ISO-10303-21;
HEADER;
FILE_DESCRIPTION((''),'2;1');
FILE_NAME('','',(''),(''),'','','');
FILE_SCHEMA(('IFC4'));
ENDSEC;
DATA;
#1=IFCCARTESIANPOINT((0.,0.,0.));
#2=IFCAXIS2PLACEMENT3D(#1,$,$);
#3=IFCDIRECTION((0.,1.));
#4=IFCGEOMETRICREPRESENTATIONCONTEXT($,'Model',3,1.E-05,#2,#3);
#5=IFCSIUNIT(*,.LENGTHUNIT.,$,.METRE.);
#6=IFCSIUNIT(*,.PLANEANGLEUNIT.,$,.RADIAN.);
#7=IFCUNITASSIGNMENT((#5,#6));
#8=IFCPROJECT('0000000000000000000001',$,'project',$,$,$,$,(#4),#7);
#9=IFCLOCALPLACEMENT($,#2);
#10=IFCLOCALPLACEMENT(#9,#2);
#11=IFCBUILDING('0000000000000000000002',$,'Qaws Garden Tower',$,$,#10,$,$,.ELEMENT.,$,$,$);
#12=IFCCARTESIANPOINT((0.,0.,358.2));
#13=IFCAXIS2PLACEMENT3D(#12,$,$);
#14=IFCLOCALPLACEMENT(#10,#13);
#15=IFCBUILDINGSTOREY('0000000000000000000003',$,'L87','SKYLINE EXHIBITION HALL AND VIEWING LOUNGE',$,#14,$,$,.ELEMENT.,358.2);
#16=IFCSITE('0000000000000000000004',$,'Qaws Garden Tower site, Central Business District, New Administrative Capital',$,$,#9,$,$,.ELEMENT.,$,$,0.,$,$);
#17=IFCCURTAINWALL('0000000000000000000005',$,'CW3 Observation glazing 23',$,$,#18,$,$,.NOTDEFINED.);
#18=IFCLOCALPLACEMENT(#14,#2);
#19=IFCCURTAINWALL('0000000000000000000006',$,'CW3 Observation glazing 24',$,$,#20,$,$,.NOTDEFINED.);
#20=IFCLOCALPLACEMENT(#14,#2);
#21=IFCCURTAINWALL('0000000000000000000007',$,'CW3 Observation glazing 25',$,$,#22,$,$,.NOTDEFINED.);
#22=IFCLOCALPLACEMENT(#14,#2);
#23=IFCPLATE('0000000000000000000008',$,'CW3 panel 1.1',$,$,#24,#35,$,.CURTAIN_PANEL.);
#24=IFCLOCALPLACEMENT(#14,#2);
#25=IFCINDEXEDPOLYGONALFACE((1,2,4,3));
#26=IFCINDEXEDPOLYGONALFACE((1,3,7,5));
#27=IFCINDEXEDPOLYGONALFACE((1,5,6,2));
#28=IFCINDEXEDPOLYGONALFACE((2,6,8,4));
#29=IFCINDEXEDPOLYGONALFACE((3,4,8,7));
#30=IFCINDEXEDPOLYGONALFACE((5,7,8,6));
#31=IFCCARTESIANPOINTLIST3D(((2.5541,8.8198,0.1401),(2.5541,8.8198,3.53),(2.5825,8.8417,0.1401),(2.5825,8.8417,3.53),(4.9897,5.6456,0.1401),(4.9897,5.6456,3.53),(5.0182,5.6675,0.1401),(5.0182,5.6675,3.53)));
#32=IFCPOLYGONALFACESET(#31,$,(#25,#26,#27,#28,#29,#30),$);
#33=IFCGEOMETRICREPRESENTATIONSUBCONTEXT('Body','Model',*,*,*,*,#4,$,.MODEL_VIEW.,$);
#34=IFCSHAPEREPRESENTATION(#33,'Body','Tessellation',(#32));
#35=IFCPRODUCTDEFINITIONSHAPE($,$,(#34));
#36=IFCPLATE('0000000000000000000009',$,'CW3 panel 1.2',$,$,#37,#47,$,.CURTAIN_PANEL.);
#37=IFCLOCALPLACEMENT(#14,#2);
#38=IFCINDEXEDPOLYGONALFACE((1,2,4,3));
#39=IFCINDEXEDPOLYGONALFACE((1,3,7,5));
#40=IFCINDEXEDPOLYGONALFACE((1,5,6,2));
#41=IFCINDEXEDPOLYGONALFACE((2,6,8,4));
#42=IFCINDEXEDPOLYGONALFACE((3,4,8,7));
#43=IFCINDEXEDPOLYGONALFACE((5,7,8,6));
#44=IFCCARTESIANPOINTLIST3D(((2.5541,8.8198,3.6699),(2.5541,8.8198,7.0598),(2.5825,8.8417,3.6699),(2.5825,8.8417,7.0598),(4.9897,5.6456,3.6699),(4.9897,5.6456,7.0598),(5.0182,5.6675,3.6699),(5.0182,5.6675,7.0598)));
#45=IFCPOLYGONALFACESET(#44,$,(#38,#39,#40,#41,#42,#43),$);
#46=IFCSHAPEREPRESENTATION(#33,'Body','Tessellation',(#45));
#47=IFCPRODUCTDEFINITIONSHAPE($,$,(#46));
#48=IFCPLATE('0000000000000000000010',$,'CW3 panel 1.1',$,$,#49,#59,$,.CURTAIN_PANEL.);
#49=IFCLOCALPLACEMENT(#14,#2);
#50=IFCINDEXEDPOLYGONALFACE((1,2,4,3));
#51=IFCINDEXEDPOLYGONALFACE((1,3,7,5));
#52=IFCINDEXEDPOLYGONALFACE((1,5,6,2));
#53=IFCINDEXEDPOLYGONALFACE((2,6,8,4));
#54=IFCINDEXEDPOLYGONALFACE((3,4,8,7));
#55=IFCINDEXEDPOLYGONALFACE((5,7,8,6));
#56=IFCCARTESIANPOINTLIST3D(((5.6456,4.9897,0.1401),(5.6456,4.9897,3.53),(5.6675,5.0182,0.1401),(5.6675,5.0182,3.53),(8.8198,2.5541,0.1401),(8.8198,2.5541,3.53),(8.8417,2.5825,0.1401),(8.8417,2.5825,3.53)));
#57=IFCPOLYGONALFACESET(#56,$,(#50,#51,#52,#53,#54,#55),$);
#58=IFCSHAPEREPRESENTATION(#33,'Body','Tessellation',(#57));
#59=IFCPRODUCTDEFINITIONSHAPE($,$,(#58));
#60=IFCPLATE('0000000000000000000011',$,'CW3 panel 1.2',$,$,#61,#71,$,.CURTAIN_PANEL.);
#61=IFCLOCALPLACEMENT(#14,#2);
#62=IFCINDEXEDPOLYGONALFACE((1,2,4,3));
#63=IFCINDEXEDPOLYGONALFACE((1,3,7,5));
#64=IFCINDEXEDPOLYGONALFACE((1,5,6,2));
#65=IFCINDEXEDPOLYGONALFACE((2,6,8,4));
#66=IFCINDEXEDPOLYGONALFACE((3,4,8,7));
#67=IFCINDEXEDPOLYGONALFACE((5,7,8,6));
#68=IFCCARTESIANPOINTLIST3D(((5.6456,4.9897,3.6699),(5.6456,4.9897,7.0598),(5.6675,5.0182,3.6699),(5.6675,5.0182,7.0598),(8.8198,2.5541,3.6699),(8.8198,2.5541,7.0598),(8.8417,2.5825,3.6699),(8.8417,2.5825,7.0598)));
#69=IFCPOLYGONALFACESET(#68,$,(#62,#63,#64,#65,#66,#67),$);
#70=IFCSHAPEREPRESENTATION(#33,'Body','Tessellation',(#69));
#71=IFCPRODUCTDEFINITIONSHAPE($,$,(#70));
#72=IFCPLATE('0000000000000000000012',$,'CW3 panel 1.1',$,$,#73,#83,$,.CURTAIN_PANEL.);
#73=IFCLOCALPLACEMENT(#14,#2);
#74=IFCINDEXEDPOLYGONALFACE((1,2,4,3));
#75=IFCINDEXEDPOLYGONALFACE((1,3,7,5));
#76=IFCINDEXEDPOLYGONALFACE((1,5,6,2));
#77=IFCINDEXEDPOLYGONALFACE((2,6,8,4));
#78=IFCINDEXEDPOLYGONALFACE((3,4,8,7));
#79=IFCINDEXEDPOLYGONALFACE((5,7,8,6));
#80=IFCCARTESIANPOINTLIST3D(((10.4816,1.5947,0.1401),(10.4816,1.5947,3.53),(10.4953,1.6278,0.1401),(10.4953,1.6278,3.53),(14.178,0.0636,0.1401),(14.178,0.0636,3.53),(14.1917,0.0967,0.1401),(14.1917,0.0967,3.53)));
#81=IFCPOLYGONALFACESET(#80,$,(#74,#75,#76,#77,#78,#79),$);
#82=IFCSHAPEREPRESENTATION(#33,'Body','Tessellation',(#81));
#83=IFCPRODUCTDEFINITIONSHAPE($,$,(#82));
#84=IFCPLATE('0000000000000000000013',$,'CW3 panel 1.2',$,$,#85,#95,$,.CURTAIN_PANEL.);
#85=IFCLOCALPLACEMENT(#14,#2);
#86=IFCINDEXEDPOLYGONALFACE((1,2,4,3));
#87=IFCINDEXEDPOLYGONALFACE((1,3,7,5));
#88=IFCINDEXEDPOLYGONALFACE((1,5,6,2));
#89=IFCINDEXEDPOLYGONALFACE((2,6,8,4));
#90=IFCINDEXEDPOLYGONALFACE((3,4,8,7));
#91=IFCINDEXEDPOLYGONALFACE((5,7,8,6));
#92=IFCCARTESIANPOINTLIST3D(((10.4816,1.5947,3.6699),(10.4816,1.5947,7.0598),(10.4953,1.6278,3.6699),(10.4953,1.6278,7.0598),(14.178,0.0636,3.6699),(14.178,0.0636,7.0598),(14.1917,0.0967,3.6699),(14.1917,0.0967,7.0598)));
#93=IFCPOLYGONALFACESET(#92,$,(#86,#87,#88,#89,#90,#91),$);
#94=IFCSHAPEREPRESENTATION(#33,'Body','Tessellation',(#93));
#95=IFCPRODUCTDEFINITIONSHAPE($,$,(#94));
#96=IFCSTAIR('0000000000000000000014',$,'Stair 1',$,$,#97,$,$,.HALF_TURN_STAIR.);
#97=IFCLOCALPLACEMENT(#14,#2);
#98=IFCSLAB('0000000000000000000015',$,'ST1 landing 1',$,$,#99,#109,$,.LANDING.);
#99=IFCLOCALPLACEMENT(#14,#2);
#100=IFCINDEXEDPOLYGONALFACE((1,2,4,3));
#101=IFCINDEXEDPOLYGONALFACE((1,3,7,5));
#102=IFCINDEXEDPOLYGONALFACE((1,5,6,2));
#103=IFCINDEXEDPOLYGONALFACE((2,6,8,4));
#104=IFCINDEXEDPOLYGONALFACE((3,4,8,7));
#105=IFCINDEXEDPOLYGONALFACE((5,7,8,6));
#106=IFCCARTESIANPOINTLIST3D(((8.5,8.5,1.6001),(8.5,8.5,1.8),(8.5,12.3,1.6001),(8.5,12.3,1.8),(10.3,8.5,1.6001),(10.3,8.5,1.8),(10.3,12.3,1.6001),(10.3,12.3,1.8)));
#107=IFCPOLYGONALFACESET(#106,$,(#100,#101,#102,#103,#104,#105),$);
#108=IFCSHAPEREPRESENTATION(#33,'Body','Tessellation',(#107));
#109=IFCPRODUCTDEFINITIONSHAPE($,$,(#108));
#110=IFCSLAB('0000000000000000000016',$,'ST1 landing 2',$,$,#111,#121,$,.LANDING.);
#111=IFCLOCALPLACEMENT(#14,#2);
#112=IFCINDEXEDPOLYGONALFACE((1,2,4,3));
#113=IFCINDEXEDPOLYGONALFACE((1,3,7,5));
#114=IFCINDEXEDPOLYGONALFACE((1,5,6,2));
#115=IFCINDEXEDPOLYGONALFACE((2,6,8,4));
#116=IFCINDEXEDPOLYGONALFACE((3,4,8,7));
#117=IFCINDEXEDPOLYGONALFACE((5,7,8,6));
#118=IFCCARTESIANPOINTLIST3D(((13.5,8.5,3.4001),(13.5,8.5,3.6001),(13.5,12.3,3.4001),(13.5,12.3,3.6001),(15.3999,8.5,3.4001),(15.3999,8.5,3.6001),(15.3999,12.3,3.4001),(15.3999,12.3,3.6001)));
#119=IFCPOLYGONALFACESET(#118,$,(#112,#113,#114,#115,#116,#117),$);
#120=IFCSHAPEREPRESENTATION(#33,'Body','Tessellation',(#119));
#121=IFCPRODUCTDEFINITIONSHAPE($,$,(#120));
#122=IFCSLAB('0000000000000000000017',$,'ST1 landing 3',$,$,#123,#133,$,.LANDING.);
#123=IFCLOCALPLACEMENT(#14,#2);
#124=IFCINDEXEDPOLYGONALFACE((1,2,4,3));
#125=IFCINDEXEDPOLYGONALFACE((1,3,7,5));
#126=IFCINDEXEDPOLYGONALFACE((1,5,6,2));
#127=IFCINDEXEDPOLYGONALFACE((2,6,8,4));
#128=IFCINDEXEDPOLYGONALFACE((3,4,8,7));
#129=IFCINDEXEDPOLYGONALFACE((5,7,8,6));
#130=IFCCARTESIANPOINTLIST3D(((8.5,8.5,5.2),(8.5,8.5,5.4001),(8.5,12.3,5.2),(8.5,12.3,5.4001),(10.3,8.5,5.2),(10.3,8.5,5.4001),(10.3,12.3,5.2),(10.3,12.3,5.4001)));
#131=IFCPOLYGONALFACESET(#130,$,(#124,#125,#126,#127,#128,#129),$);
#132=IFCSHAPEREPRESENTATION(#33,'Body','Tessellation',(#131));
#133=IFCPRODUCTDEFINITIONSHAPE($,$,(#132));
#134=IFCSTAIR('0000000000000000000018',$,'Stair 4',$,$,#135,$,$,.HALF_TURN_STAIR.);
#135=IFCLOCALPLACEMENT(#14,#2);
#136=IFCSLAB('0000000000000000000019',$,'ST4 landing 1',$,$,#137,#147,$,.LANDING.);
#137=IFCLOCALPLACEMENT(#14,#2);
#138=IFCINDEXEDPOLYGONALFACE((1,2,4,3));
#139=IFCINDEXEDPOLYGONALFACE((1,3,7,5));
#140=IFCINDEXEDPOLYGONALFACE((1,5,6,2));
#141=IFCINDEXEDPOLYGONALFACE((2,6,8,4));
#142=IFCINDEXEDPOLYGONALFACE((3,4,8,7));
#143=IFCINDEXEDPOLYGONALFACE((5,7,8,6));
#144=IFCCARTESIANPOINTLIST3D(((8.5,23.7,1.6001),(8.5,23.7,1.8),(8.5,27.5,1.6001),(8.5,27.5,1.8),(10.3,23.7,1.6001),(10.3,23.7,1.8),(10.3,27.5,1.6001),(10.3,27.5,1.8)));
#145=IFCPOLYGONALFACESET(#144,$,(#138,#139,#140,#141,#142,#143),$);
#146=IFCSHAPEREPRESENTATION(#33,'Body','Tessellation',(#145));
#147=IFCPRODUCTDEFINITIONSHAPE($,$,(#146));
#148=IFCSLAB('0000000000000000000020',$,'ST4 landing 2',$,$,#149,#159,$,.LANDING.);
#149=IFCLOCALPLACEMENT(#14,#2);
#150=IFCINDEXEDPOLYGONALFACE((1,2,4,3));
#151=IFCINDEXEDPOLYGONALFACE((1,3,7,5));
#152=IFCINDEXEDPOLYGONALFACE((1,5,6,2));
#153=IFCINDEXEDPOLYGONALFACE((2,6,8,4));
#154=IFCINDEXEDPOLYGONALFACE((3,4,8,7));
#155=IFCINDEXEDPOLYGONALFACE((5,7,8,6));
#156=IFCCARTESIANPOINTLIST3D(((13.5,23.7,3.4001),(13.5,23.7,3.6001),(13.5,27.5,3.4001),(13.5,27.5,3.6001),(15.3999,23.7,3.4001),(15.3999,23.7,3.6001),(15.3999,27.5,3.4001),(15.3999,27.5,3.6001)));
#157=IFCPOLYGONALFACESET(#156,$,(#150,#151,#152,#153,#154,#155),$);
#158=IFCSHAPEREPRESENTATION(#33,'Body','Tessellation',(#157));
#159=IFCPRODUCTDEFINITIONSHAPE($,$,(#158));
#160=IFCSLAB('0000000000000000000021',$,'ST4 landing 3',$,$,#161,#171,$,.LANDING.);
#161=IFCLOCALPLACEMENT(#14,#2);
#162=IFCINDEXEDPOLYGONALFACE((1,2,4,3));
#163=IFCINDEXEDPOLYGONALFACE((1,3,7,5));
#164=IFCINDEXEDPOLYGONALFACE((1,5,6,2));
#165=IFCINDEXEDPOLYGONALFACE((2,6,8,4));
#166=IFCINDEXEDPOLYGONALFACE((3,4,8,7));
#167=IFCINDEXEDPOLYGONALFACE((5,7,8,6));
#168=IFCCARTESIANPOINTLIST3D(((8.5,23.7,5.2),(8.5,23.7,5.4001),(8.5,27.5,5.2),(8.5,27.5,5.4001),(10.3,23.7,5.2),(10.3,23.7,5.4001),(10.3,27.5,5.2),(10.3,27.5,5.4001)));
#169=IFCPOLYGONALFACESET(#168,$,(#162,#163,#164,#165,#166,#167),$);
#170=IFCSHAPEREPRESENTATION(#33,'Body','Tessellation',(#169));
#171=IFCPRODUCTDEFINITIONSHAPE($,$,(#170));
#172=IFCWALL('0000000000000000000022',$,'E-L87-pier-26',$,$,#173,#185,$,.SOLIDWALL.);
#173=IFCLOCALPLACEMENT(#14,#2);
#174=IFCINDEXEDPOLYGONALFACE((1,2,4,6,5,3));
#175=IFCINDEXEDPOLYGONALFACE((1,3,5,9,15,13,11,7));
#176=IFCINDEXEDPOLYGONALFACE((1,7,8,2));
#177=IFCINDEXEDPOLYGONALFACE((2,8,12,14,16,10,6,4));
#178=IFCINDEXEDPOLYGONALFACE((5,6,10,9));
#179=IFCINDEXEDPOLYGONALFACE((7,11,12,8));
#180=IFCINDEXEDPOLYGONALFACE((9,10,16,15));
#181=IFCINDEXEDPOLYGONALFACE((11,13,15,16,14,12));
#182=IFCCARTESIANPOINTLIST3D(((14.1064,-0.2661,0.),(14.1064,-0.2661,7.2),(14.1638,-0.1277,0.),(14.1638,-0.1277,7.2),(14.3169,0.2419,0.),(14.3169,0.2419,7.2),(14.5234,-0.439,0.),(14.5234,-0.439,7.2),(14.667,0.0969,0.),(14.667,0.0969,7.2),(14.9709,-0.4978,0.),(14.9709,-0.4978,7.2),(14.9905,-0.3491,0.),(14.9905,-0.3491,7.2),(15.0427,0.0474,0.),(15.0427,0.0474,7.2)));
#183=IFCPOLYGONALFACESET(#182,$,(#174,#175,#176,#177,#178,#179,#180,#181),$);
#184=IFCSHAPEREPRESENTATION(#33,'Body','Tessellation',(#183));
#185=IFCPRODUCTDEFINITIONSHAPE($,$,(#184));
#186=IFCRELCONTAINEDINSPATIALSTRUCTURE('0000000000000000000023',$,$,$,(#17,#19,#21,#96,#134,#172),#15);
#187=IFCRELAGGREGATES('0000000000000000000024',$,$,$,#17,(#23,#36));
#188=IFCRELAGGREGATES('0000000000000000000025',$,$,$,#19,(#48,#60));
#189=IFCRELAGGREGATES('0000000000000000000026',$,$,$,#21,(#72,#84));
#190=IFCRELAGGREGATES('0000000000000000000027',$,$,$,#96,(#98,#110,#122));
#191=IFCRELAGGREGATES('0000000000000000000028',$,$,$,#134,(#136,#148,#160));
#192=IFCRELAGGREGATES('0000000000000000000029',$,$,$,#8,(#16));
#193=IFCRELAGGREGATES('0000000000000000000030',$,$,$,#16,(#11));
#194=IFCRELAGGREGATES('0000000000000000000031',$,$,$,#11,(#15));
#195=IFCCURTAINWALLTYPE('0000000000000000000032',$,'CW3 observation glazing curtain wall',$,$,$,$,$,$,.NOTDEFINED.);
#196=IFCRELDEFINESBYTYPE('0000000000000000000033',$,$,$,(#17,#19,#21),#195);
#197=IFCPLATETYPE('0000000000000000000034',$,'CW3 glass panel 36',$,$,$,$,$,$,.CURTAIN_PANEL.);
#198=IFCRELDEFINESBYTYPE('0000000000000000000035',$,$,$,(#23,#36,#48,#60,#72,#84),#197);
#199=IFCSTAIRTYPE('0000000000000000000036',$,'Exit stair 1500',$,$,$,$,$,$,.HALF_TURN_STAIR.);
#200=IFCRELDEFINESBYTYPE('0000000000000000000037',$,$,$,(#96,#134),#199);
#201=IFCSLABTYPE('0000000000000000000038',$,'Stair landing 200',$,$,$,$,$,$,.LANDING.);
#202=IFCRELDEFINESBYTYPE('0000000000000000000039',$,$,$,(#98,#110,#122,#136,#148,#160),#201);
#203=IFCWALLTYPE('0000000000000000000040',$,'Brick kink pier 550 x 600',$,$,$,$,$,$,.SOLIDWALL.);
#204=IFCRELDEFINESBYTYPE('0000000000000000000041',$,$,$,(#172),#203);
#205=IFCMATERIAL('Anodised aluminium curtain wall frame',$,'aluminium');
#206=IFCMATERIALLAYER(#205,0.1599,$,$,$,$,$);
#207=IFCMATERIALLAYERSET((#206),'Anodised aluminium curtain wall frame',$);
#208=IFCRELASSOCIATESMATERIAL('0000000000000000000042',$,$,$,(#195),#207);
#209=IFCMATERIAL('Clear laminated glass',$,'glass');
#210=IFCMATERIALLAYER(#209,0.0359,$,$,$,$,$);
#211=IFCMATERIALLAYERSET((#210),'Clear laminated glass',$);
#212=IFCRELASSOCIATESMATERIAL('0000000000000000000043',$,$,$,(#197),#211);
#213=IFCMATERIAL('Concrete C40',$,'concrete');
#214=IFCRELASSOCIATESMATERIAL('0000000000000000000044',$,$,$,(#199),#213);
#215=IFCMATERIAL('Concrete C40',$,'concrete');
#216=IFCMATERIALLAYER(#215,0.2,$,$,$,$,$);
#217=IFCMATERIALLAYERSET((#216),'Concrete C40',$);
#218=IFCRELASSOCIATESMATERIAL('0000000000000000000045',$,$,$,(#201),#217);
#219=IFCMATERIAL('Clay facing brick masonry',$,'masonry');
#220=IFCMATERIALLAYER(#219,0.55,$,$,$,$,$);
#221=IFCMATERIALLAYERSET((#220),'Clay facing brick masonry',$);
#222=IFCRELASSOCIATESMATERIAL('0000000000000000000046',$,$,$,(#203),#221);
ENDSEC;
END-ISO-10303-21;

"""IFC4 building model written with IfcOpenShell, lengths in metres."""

from ifc_helpers import new_model, si_unit, direction, frame, origin, origin_2d, place, context, subcontext, project, spatial, polyline, rectangle, outline, extrude, material, layer, layer_set, type_object, element, aggregate, save


model = new_model("IFC4")

# Units and contexts
model_context = context("Model", 3, precision=1e-05, world=origin(), true_north=direction((0.0, 1.0)))
body_context = subcontext(model_context, "Body", "Model", "MODEL_VIEW")
ifc_project = project(units=[si_unit("LENGTHUNIT", "METRE"), si_unit("PLANEANGLEUNIT", "RADIAN")], contexts=[model_context])

# Site, building, storey
site_placement = place(None, origin())
site = spatial("IfcSite", under=ifc_project, at=site_placement, Name="Qaws Garden Tower site, Central Business District, New Administrative Capital", CompositionType="ELEMENT", RefElevation=0.0)
building_placement = place(site_placement, origin())
building = spatial("IfcBuilding", under=site, at=building_placement, Name="Qaws Garden Tower", CompositionType="ELEMENT")
storey_placement = place(building_placement, frame((0.0, 0.0, 358.2)))
storey = spatial("IfcBuildingStorey", under=building, at=storey_placement, Name="L87", Description="SKYLINE EXHIBITION HALL AND VIEWING LOUNGE", CompositionType="ELEMENT", Elevation=358.2)

# Curtain wall
ifc_material_1 = material(Name="Anodised aluminium curtain wall frame", Category="aluminium")
ifc_layer_1 = layer(ifc_material_1, 0.1599)
ifc_layer_set_1 = layer_set([ifc_layer_1], Name="Anodised aluminium curtain wall frame")
curtain_wall_type = type_object("IfcCurtainWallType", Name="CW3 observation glazing curtain wall", PredefinedType="NOTDEFINED", material=ifc_layer_set_1)
placement_1 = place(storey_placement, origin())
curtain_wall_1 = element("IfcCurtainWall", 1, at=placement_1, inside=storey, type_object=curtain_wall_type, Name="CW3 Observation glazing 23", PredefinedType="NOTDEFINED")

# Curtain wall
curtain_wall_2 = element("IfcCurtainWall", 2, at=placement_1, inside=storey, type_object=curtain_wall_type, Name="CW3 Observation glazing 24", PredefinedType="NOTDEFINED")

# Curtain wall
curtain_wall_3 = element("IfcCurtainWall", 3, at=placement_1, inside=storey, type_object=curtain_wall_type, Name="CW3 Observation glazing 25", PredefinedType="NOTDEFINED")

# Plates
ifc_material_2 = material(Name="Clear laminated glass", Category="glass")
ifc_layer_2 = layer(ifc_material_2, 0.0359)
ifc_layer_set_2 = layer_set([ifc_layer_2], Name="Clear laminated glass")
plate_type = type_object("IfcPlateType", Name="CW3 glass panel 36", PredefinedType="CURTAIN_PANEL", material=ifc_layer_set_2)
plate_1_placement = place(storey_placement, frame((3.7861, 7.2437, 0.1401), z_axis=(0.0, 0.0, 1.0), x_axis=(0.608761, -0.793353, 0.0)))
plate_1 = element("IfcPlate", 4, at=plate_1_placement, type_object=plate_type, Name="CW3 panel 1.1", PredefinedType="CURTAIN_PANEL", context=body_context, shape_type="SweptSolid", body=[
    extrude(rectangle(XDim=4.001, YDim=0.0359, at=origin_2d()), origin(), (0.0, 0.0, 1.0), 3.3899),
])
plate_2_placement = place(storey_placement, frame((3.7861, 7.2437, 3.6699), z_axis=(0.0, 0.0, 1.0), x_axis=(0.608761, -0.793353, 0.0)))
plate_2 = element("IfcPlate", 5, at=plate_2_placement, type_object=plate_type, Name="CW3 panel 1.2", PredefinedType="CURTAIN_PANEL", context=body_context, shape_type="SweptSolid", body=[
    extrude(rectangle(XDim=4.001, YDim=0.0359, at=origin_2d()), origin(), (0.0, 0.0, 1.0), 3.3899),
])
aggregate(curtain_wall_1, [plate_1, plate_2])
plate_3_placement = place(storey_placement, frame((7.2437, 3.7861, 0.1401), z_axis=(0.0, 0.0, 1.0), x_axis=(0.793353, -0.608761, 0.0)))
plate_3 = element("IfcPlate", 6, at=plate_3_placement, type_object=plate_type, Name="CW3 panel 1.1", PredefinedType="CURTAIN_PANEL", context=body_context, shape_type="SweptSolid", body=[
    extrude(rectangle(XDim=4.001, YDim=0.0359, at=origin_2d()), origin(), (0.0, 0.0, 1.0), 3.3899),
])
plate_4_placement = place(storey_placement, frame((7.2437, 3.7861, 3.6699), z_axis=(0.0, 0.0, 1.0), x_axis=(0.793353, -0.608761, 0.0)))
plate_4 = element("IfcPlate", 7, at=plate_4_placement, type_object=plate_type, Name="CW3 panel 1.2", PredefinedType="CURTAIN_PANEL", context=body_context, shape_type="SweptSolid", body=[
    extrude(rectangle(XDim=4.001, YDim=0.0359, at=origin_2d()), origin(), (0.0, 0.0, 1.0), 3.3899),
])
aggregate(curtain_wall_2, [plate_3, plate_4])
plate_5_placement = place(storey_placement, frame((12.3367, 0.8457, 0.1401), z_axis=(0.0, 0.0, 1.0), x_axis=(0.92388, -0.382683, 0.0)))
plate_5 = element("IfcPlate", 8, at=plate_5_placement, type_object=plate_type, Name="CW3 panel 1.1", PredefinedType="CURTAIN_PANEL", context=body_context, shape_type="SweptSolid", body=[
    extrude(rectangle(XDim=4.001, YDim=0.0359, at=origin_2d()), origin(), (0.0, 0.0, 1.0), 3.3899),
])
plate_6_placement = place(storey_placement, frame((12.3367, 0.8457, 3.6699), z_axis=(0.0, 0.0, 1.0), x_axis=(0.92388, -0.382683, 0.0)))
plate_6 = element("IfcPlate", 9, at=plate_6_placement, type_object=plate_type, Name="CW3 panel 1.2", PredefinedType="CURTAIN_PANEL", context=body_context, shape_type="SweptSolid", body=[
    extrude(rectangle(XDim=4.001, YDim=0.0359, at=origin_2d()), origin(), (0.0, 0.0, 1.0), 3.3899),
])
aggregate(curtain_wall_3, [plate_5, plate_6])

# Stairs, slabs
ifc_material_3 = material(Name="Concrete C40", Category="concrete")
stair_type = type_object("IfcStairType", Name="Exit stair 1500", PredefinedType="HALF_TURN_STAIR", material=ifc_material_3)
stair_1 = element("IfcStair", 10, at=placement_1, inside=storey, type_object=stair_type, Name="Stair 1", PredefinedType="HALF_TURN_STAIR")
ifc_material_4 = material(Name="Concrete C40", Category="concrete")
ifc_layer_3 = layer(ifc_material_4, 0.2)
ifc_layer_set_3 = layer_set([ifc_layer_3], Name="Concrete C40")
slab_type = type_object("IfcSlabType", Name="Stair landing 200", PredefinedType="LANDING", material=ifc_layer_set_3)
placement_2 = place(storey_placement, frame((0.0, 0.0, 1.6001)))
slab_1 = element("IfcSlab", 11, at=placement_2, type_object=slab_type, Name="ST1 landing 1", PredefinedType="LANDING", context=body_context, shape_type="SweptSolid", body=[
    extrude(outline(polyline([(8.5, 8.5), (10.3, 8.5), (10.3, 12.3), (8.5, 12.3), (8.5, 8.5)])), origin(), (0.0, 0.0, 1.0), 0.2),
])
placement_3 = place(storey_placement, frame((0.0, 0.0, 3.4001)))
slab_2 = element("IfcSlab", 12, at=placement_3, type_object=slab_type, Name="ST1 landing 2", PredefinedType="LANDING", context=body_context, shape_type="SweptSolid", body=[
    extrude(outline(polyline([(13.5, 8.5), (15.3999, 8.5), (15.3999, 12.3), (13.5, 12.3), (13.5, 8.5)])), origin(), (0.0, 0.0, 1.0), 0.2),
])
placement_4 = place(storey_placement, frame((0.0, 0.0, 5.2)))
slab_3 = element("IfcSlab", 13, at=placement_4, type_object=slab_type, Name="ST1 landing 3", PredefinedType="LANDING", context=body_context, shape_type="SweptSolid", body=[
    extrude(outline(polyline([(8.5, 8.5), (10.3, 8.5), (10.3, 12.3), (8.5, 12.3), (8.5, 8.5)])), origin(), (0.0, 0.0, 1.0), 0.2002),
])
aggregate(stair_1, [slab_1, slab_2, slab_3])
stair_2 = element("IfcStair", 14, at=placement_1, inside=storey, type_object=stair_type, Name="Stair 4", PredefinedType="HALF_TURN_STAIR")
slab_4 = element("IfcSlab", 15, at=placement_2, type_object=slab_type, Name="ST4 landing 1", PredefinedType="LANDING", context=body_context, shape_type="SweptSolid", body=[
    extrude(outline(polyline([(8.5, 23.7), (10.3, 23.7), (10.3, 27.5), (8.5, 27.5), (8.5, 23.7)])), origin(), (0.0, 0.0, 1.0), 0.2),
])
slab_5 = element("IfcSlab", 16, at=placement_3, type_object=slab_type, Name="ST4 landing 2", PredefinedType="LANDING", context=body_context, shape_type="SweptSolid", body=[
    extrude(outline(polyline([(13.5, 23.7), (15.3999, 23.7), (15.3999, 27.5), (13.5, 27.5), (13.5, 23.7)])), origin(), (0.0, 0.0, 1.0), 0.2),
])
slab_6 = element("IfcSlab", 17, at=placement_4, type_object=slab_type, Name="ST4 landing 3", PredefinedType="LANDING", context=body_context, shape_type="SweptSolid", body=[
    extrude(outline(polyline([(8.5, 23.7), (10.3, 23.7), (10.3, 27.5), (8.5, 27.5), (8.5, 23.7)])), origin(), (0.0, 0.0, 1.0), 0.2002),
])
aggregate(stair_2, [slab_4, slab_5, slab_6])

# Wall
ifc_material_5 = material(Name="Clay facing brick masonry", Category="masonry")
ifc_layer_4 = layer(ifc_material_5, 0.55)
ifc_layer_set_4 = layer_set([ifc_layer_4], Name="Clay facing brick masonry")
wall_type_1 = type_object("IfcWallType", Name="Brick kink pier 550 x 600", PredefinedType="SOLIDWALL", material=ifc_layer_set_4)
element("IfcWall", 18, at=placement_1, inside=storey, type_object=wall_type_1, Name="E-L87-pier-26", PredefinedType="SOLIDWALL", context=body_context, shape_type="SweptSolid", body=[
    extrude(outline(polyline([(14.1638, -0.1277), (14.1064, -0.2661), (14.5234, -0.439), (14.9709, -0.4978), (14.9905, -0.3491), (15.0427, 0.0474), (14.667, 0.0969), (14.3169, 0.2419), (14.1638, -0.1277)])), origin(), (0.0, 0.0, 1.0), 7.2),
])

save(model, "model.ifc")
